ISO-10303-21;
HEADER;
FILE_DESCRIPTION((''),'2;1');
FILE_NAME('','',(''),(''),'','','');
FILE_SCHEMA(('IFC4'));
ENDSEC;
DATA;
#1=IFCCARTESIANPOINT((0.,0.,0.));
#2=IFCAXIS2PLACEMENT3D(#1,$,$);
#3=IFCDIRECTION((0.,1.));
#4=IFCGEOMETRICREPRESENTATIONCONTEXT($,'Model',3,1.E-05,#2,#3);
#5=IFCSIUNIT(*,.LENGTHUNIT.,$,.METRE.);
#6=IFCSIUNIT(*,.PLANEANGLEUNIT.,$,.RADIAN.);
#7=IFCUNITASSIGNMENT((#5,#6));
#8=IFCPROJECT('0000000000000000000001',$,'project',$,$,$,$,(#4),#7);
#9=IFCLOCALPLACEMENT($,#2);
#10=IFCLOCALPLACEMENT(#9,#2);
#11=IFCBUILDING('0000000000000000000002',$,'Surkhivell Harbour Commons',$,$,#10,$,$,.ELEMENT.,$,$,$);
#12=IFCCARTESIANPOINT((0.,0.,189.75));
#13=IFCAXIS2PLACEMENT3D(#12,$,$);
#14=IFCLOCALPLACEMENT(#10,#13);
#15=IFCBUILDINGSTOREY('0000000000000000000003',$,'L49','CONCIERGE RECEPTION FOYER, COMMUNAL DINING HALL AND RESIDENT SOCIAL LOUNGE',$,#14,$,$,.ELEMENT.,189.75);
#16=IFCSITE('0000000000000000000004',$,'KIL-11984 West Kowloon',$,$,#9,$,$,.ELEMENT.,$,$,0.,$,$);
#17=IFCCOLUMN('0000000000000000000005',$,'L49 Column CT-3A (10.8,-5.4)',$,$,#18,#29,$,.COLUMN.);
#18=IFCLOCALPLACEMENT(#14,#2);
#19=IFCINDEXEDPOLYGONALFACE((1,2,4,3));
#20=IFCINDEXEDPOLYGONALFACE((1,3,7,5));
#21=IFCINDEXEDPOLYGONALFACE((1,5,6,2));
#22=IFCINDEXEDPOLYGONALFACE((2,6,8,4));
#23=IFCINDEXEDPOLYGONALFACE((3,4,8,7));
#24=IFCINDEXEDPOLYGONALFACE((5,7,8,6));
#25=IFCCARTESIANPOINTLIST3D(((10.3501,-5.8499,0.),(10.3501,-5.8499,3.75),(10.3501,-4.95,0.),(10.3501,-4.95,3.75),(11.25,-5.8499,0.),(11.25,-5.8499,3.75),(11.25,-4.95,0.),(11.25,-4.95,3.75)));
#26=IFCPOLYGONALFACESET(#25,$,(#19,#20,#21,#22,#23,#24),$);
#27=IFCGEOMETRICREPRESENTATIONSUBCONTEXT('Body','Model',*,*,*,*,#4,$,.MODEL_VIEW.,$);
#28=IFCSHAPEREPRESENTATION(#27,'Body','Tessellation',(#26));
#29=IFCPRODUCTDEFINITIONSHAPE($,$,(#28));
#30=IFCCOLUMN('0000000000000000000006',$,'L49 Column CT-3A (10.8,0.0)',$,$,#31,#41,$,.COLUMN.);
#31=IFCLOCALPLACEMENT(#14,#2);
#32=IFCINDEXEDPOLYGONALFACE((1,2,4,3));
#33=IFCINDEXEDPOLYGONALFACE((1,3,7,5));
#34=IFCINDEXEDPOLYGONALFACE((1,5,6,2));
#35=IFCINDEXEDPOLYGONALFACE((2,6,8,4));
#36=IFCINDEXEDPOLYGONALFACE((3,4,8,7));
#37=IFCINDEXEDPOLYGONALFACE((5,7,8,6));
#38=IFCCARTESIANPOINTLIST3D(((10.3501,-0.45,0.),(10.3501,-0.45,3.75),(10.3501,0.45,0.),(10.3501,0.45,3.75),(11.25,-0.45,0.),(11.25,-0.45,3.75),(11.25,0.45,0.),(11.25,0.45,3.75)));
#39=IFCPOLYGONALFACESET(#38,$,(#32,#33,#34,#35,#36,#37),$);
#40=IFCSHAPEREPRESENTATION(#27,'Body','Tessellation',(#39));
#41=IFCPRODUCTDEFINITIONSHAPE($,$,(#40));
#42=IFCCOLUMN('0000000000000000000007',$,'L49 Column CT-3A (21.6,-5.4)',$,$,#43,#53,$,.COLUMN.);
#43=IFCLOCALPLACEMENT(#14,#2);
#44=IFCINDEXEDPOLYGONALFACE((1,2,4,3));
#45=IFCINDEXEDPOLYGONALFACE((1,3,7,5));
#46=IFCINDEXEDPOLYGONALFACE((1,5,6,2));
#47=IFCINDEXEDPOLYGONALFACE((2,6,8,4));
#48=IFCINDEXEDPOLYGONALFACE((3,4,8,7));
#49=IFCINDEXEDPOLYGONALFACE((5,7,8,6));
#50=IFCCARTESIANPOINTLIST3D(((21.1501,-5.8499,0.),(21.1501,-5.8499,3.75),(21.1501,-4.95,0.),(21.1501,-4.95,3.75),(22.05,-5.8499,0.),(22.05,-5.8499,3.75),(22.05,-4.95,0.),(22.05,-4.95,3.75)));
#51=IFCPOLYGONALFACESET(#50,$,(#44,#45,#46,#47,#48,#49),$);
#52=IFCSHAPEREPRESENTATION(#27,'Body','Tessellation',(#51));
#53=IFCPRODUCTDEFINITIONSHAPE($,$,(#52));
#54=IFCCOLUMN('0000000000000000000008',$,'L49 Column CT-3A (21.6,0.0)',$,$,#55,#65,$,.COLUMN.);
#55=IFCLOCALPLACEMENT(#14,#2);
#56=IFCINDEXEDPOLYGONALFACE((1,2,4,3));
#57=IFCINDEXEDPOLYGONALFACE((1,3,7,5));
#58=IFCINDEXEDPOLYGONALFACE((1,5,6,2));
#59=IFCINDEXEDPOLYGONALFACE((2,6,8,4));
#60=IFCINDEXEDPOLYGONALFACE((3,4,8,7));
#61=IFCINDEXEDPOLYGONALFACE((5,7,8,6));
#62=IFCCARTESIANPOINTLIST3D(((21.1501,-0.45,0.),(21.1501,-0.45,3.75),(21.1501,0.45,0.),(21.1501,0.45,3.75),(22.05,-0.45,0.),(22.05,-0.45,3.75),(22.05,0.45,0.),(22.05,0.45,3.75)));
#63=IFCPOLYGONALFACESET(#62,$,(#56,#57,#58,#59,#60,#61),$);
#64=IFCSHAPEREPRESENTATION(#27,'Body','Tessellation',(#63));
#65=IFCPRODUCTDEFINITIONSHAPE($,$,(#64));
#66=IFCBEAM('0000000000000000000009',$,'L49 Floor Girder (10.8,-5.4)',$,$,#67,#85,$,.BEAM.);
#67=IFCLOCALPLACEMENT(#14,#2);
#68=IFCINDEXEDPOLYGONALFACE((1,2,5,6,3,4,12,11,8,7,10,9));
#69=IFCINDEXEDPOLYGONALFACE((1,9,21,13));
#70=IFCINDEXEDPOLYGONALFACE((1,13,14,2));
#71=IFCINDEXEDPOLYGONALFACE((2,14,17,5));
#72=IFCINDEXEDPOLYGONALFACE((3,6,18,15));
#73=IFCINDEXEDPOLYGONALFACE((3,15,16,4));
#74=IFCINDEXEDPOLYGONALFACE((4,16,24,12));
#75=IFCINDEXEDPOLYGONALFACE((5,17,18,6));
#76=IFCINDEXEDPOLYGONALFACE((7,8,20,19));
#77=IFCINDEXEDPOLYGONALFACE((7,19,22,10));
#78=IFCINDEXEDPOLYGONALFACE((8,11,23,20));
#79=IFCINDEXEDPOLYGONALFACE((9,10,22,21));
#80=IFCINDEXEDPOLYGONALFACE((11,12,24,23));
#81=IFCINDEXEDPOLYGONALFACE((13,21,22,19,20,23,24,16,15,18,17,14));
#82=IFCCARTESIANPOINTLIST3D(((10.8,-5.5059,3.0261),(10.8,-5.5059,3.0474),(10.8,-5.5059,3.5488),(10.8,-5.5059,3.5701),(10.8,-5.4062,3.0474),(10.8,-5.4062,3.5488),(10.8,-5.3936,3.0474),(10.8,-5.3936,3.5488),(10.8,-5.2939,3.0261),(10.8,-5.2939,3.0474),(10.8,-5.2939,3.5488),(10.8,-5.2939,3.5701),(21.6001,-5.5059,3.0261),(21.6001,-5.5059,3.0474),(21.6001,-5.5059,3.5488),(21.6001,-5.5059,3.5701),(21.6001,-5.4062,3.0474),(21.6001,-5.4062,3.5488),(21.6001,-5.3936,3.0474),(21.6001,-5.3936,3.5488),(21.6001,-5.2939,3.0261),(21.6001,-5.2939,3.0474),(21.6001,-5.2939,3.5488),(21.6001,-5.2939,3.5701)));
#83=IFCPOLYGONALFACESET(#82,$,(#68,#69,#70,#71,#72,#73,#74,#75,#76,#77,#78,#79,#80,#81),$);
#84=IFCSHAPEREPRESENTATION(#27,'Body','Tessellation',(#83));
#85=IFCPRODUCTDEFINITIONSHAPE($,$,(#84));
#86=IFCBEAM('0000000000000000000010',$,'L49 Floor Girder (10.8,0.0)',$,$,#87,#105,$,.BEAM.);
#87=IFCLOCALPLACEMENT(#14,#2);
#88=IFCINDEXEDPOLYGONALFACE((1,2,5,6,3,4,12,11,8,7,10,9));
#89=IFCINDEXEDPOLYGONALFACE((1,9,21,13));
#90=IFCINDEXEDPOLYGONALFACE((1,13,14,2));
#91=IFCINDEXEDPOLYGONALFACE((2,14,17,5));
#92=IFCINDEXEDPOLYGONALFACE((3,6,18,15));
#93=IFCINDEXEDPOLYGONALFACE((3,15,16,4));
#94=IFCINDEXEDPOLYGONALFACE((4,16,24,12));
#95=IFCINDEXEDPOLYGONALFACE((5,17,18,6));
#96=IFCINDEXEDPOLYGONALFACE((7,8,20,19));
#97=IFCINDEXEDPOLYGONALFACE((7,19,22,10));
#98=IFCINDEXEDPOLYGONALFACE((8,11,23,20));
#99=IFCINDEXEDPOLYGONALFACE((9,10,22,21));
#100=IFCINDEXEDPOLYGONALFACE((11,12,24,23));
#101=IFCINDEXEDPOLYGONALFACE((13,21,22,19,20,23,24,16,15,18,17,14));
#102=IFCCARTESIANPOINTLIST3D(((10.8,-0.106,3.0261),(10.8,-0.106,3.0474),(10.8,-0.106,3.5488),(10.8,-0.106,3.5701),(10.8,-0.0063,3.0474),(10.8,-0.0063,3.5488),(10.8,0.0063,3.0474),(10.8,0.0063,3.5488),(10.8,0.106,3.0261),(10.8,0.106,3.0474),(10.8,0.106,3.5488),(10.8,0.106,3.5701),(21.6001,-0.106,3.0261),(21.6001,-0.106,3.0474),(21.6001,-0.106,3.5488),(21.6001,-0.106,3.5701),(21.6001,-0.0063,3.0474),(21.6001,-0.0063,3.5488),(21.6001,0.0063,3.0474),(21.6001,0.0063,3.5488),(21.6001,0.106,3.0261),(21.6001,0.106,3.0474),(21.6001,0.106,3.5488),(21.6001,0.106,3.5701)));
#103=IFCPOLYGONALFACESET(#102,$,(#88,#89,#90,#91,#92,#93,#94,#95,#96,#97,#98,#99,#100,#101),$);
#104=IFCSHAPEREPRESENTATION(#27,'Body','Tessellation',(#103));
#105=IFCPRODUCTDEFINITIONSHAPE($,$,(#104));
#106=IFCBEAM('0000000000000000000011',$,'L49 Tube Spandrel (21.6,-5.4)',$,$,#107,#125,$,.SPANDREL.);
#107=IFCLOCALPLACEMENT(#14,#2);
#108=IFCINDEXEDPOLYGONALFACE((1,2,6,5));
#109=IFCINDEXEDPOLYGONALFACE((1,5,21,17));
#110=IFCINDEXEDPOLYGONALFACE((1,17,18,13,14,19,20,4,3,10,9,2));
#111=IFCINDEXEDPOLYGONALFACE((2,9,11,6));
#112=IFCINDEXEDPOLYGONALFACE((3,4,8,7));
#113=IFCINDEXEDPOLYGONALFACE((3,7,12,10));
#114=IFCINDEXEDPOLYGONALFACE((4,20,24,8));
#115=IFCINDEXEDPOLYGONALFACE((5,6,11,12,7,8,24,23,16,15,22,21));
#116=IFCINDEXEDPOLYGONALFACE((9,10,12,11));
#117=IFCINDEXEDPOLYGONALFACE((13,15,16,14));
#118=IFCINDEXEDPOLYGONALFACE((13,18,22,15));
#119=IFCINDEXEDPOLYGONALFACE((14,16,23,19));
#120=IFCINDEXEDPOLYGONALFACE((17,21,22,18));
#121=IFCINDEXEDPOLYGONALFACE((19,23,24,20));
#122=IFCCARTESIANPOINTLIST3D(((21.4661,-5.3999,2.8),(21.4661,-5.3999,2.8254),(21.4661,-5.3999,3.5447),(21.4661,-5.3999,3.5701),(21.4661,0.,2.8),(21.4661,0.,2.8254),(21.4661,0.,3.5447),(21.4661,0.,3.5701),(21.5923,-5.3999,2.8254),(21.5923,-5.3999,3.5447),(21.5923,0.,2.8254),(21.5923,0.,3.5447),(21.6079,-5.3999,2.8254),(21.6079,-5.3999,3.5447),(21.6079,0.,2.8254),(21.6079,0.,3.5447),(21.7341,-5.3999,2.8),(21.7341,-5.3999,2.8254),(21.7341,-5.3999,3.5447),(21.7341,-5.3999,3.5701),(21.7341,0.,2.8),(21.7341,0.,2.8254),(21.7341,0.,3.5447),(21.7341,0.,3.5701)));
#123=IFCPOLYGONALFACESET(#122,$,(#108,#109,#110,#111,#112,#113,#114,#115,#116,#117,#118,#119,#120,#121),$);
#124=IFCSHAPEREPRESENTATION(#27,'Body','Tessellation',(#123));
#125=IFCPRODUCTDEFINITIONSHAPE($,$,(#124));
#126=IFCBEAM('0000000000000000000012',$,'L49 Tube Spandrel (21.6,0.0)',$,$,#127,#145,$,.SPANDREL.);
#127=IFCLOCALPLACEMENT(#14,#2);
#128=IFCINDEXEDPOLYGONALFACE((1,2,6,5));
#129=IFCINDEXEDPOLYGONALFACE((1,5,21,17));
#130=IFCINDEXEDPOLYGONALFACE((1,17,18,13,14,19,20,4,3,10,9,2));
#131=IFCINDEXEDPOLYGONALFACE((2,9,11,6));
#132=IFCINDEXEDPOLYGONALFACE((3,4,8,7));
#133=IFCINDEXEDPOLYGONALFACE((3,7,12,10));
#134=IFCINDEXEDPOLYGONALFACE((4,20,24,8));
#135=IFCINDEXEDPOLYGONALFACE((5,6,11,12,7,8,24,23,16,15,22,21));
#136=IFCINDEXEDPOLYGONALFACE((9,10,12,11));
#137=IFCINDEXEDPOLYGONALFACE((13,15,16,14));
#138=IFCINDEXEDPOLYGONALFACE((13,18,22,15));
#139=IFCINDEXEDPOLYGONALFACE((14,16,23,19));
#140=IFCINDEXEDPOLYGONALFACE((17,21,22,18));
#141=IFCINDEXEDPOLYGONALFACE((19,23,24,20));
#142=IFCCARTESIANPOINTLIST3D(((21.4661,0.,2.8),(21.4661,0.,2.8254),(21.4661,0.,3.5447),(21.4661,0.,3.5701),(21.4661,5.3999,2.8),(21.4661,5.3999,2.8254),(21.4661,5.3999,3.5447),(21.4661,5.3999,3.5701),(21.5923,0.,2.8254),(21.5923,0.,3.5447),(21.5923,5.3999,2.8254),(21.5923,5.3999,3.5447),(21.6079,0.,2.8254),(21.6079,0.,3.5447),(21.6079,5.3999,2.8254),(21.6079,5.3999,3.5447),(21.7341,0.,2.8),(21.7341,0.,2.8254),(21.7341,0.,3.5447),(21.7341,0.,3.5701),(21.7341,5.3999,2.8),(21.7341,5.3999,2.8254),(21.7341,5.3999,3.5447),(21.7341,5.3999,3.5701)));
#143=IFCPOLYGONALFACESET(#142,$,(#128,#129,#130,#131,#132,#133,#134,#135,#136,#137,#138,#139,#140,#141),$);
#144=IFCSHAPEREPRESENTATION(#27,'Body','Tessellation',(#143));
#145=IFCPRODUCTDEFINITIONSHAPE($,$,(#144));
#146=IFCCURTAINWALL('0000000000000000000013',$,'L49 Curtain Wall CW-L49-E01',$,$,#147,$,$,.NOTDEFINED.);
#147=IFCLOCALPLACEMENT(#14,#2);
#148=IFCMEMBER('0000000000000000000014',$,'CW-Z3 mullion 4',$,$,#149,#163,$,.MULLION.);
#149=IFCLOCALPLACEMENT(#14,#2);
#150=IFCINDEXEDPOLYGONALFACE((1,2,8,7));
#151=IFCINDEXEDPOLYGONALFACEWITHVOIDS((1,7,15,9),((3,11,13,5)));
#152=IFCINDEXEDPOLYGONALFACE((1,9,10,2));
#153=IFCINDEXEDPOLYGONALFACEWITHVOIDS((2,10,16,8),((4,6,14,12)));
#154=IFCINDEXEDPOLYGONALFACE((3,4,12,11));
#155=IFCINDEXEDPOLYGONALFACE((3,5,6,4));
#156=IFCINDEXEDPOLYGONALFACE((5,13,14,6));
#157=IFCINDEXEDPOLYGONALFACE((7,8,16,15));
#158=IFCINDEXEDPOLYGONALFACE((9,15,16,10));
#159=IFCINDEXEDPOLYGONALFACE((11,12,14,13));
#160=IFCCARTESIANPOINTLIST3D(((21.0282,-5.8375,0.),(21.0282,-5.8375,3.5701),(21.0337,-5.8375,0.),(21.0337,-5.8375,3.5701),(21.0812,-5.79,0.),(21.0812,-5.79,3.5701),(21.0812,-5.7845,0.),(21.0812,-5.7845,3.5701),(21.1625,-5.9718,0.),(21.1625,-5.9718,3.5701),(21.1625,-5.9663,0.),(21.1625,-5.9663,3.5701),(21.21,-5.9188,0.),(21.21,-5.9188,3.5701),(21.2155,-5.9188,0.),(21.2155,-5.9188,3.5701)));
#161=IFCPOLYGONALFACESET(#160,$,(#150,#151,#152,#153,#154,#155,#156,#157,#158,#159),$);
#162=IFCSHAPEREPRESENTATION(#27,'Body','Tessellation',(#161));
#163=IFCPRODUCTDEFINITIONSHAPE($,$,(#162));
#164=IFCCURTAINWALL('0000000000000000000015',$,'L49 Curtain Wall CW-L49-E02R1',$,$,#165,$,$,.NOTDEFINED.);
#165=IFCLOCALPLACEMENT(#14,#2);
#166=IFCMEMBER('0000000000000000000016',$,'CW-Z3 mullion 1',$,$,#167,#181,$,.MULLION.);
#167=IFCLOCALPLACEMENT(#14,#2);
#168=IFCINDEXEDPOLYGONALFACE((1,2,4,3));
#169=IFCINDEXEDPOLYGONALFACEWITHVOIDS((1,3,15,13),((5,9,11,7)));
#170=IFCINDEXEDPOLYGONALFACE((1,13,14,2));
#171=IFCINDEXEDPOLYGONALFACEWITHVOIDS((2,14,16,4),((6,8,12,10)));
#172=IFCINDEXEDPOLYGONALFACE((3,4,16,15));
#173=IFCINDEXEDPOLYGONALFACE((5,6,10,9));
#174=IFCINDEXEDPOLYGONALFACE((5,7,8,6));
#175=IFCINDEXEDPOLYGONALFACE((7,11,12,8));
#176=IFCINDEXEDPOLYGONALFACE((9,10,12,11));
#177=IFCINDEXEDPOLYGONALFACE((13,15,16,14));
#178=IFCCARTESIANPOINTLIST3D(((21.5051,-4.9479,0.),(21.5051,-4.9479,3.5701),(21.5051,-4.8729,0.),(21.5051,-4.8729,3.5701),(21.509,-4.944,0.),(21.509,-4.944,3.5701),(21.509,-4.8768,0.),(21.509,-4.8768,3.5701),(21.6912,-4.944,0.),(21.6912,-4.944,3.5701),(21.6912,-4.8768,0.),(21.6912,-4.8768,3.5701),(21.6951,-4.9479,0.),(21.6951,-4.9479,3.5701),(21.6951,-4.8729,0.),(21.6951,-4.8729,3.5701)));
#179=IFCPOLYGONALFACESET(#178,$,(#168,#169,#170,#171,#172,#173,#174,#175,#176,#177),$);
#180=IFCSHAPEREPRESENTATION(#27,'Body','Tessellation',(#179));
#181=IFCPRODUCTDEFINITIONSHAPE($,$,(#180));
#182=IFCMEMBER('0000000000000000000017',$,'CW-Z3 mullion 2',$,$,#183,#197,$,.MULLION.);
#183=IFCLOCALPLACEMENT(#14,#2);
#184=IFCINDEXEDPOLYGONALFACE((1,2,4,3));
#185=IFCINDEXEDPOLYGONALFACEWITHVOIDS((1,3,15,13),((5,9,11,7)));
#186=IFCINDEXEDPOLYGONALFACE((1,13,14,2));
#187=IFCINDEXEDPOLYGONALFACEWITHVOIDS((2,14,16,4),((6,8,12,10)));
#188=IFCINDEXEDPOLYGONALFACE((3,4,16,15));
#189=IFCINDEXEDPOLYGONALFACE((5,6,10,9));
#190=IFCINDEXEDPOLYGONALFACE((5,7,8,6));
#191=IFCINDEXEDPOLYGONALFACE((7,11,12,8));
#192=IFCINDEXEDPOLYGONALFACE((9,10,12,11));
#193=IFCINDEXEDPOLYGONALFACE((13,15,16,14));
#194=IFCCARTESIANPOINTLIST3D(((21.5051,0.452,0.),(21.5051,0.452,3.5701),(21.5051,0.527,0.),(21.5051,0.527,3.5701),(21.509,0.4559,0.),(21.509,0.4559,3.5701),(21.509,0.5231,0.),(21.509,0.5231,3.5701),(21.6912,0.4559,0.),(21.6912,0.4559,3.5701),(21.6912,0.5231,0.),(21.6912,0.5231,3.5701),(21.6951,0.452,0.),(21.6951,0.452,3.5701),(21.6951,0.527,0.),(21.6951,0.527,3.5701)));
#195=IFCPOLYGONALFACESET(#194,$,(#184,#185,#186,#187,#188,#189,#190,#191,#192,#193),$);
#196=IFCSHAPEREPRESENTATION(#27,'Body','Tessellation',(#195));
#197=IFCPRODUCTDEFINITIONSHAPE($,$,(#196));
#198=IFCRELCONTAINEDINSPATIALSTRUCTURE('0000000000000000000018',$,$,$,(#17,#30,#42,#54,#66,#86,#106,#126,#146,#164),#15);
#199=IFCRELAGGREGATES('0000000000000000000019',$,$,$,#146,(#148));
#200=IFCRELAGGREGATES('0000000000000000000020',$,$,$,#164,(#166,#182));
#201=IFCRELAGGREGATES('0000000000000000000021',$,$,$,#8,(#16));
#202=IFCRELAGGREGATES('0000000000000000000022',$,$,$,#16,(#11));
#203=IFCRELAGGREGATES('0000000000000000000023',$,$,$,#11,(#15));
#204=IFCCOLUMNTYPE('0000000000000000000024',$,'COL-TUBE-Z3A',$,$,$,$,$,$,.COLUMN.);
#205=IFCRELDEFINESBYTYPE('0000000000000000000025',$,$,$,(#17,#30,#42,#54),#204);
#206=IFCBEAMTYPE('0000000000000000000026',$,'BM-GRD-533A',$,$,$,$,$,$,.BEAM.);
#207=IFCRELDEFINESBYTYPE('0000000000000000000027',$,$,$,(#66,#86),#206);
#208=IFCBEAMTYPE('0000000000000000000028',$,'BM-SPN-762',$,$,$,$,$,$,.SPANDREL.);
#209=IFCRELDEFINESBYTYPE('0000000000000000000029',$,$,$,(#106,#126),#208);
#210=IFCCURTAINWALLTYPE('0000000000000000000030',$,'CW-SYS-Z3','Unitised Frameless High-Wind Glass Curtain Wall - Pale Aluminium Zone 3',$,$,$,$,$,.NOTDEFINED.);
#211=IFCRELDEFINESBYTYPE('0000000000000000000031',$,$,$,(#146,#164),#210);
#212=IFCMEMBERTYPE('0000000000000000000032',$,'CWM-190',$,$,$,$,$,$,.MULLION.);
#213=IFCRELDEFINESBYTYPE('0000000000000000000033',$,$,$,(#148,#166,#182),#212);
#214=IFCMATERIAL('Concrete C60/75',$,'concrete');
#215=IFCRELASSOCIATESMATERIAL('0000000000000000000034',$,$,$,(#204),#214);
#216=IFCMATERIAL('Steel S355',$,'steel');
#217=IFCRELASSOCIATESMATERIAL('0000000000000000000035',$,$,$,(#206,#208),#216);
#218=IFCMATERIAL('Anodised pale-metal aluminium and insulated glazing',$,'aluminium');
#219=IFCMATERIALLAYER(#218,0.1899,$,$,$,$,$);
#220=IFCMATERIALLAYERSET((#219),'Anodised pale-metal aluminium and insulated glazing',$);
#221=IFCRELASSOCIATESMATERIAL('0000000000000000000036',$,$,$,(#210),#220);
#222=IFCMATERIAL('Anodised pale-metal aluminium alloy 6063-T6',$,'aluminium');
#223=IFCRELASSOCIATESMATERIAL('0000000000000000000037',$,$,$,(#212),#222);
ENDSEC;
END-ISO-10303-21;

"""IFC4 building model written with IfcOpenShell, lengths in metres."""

from ifc_helpers import new_model, si_unit, direction, frame, origin, origin_2d, place, context, subcontext, project, spatial, rectangle, hollow_rectangle, i_section, extrude, material, layer, layer_set, material_profile, profile_set, type_object, element, aggregate, save


model = new_model("IFC4")

# Units and contexts
model_context = context("Model", 3, precision=1e-05, world=origin(), true_north=direction((0.0, 1.0)))
body_context = subcontext(model_context, "Body", "Model", "MODEL_VIEW")
ifc_project = project(units=[si_unit("LENGTHUNIT", "METRE"), si_unit("PLANEANGLEUNIT", "RADIAN")], contexts=[model_context])

# Site, building, storey
site_placement = place(None, origin())
site = spatial("IfcSite", under=ifc_project, at=site_placement, Name="KIL-11984 West Kowloon", CompositionType="ELEMENT", RefElevation=0.0)
building_placement = place(site_placement, origin())
building = spatial("IfcBuilding", under=site, at=building_placement, Name="Surkhivell Harbour Commons", CompositionType="ELEMENT")
storey_placement = place(building_placement, frame((0.0, 0.0, 189.75)))
storey = spatial("IfcBuildingStorey", under=building, at=storey_placement, Name="L49", Description="CONCIERGE RECEPTION FOYER, COMMUNAL DINING HALL AND RESIDENT SOCIAL LOUNGE", CompositionType="ELEMENT", Elevation=189.75)

# Columns
ifc_material_1 = material(Name="Concrete C60/75", Category="concrete")
ifc_material_profile_1 = material_profile(ifc_material_1, rectangle(XDim=0.8999, YDim=0.8999, at=origin_2d()), Name="RC-COL-900x900")
ifc_profile_set_1 = profile_set([ifc_material_profile_1], Name="Concrete C60/75")
column_type = type_object("IfcColumnType", Name="COL-TUBE-Z3A", PredefinedType="COLUMN", material=ifc_profile_set_1)
for number, where, z_axis, x_axis, name in (
    (1, (10.8, -5.3999, 0.0), (0.0, 0.0, 1.0), (1.0, 0.0, 0.0), "L49 Column CT-3A (10.8,-5.4)"),
    (2, (10.8, 0.0, 0.0), (0.0, 0.0, 1.0), (1.0, 0.0, 0.0), "L49 Column CT-3A (10.8,0.0)"),
    (3, (21.6001, -5.3999, 0.0), (0.0, 0.0, 1.0), (1.0, 0.0, 0.0), "L49 Column CT-3A (21.6,-5.4)"),
    (4, (21.6001, 0.0, 0.0), (0.0, 0.0, 1.0), (1.0, 0.0, 0.0), "L49 Column CT-3A (21.6,0.0)"),
):
    element("IfcColumn", number, at=place(storey_placement, frame(where, z_axis=z_axis, x_axis=x_axis)), inside=storey, type_object=column_type, Name=name, PredefinedType="COLUMN", context=body_context, shape_type="SweptSolid", body=[
        extrude(rectangle(XDim=0.8999, YDim=0.8999, at=origin_2d()), origin(), (0.0, 0.0, 1.0), 3.75),
    ])

# Beams
ifc_material_2 = material(Name="Steel S355", Category="steel")
ifc_material_profile_2 = material_profile(ifc_material_2, i_section(OverallWidth=0.2119, OverallDepth=0.5439, WebThickness=0.0127, FlangeThickness=0.0212, at=origin_2d()), Name="UB533x210x122")
ifc_profile_set_2 = profile_set([ifc_material_profile_2], Name="Steel S355")
beam_type_1 = type_object("IfcBeamType", Name="BM-GRD-533A", PredefinedType="BEAM", material=ifc_profile_set_2)
for number, where, z_axis, x_axis, name in (
    (5, (10.8, -5.3999, 3.2981), (1.0, 0.0, 0.0), (0.0, 1.0, 0.0), "L49 Floor Girder (10.8,-5.4)"),
    (6, (10.8, 0.0, 3.2981), (1.0, 0.0, 0.0), (0.0, 1.0, 0.0), "L49 Floor Girder (10.8,0.0)"),
):
    element("IfcBeam", number, at=place(storey_placement, frame(where, z_axis=z_axis, x_axis=x_axis)), inside=storey, type_object=beam_type_1, Name=name, PredefinedType="BEAM", context=body_context, shape_type="SweptSolid", body=[
        extrude(i_section(OverallWidth=0.2119, OverallDepth=0.5439, WebThickness=0.0127, FlangeThickness=0.0212, at=origin_2d()), origin(), (0.0, 0.0, 1.0), 10.8),
    ])
ifc_material_profile_3 = material_profile(ifc_material_2, i_section(OverallWidth=0.2681, OverallDepth=0.77, WebThickness=0.0156, FlangeThickness=0.0254, at=origin_2d()), Name="UB762x267x197")
ifc_profile_set_3 = profile_set([ifc_material_profile_3], Name="Steel S355")
beam_type_2 = type_object("IfcBeamType", Name="BM-SPN-762", PredefinedType="SPANDREL", material=ifc_profile_set_3)
for number, where, z_axis, x_axis, name in (
    (7, (21.6001, -5.3999, 3.1851), (0.0, 1.0, 0.0), (-1.0, 0.0, 0.0), "L49 Tube Spandrel (21.6,-5.4)"),
    (8, (21.6001, 0.0, 3.1851), (0.0, 1.0, 0.0), (-1.0, 0.0, 0.0), "L49 Tube Spandrel (21.6,0.0)"),
):
    element("IfcBeam", number, at=place(storey_placement, frame(where, z_axis=z_axis, x_axis=x_axis)), inside=storey, type_object=beam_type_2, Name=name, PredefinedType="SPANDREL", context=body_context, shape_type="SweptSolid", body=[
        extrude(i_section(OverallWidth=0.2681, OverallDepth=0.77, WebThickness=0.0156, FlangeThickness=0.0254, at=origin_2d()), origin(), (0.0, 0.0, 1.0), 5.3999),
    ])

# Curtain wall, member
ifc_material_3 = material(Name="Anodised pale-metal aluminium and insulated glazing", Category="aluminium")
ifc_layer_1 = layer(ifc_material_3, 0.1899)
ifc_layer_set_1 = layer_set([ifc_layer_1], Name="Anodised pale-metal aluminium and insulated glazing")
curtain_wall_type = type_object("IfcCurtainWallType", Name="CW-SYS-Z3", Description="Unitised Frameless High-Wind Glass Curtain Wall - Pale Aluminium Zone 3", PredefinedType="NOTDEFINED", material=ifc_layer_set_1)
curtain_wall_1_placement = place(storey_placement, origin())
curtain_wall_1 = element("IfcCurtainWall", 9, at=curtain_wall_1_placement, inside=storey, type_object=curtain_wall_type, Name="L49 Curtain Wall CW-L49-E01", PredefinedType="NOTDEFINED")
ifc_material_4 = material(Name="Anodised pale-metal aluminium alloy 6063-T6", Category="aluminium")
ifc_material_profile_4 = material_profile(ifc_material_4, hollow_rectangle(XDim=0.075, YDim=0.1899, WallThickness=0.0039, at=origin_2d()), Name="ALU-MULL-75x190")
ifc_profile_set_4 = profile_set([ifc_material_profile_4], Name="Anodised pale-metal aluminium alloy 6063-T6")
member_type_1 = type_object("IfcMemberType", Name="CWM-190", PredefinedType="MULLION", material=ifc_profile_set_4)
member_1_placement = place(storey_placement, frame((21.1218, -5.8782, 0.0), z_axis=(0.0, 0.0, 1.0), x_axis=(0.707107, 0.707107, 0.0)))
member_1 = element("IfcMember", 10, at=member_1_placement, type_object=member_type_1, Name="CW-Z3 mullion 4", PredefinedType="MULLION", context=body_context, shape_type="SweptSolid", body=[
    extrude(hollow_rectangle(XDim=0.075, YDim=0.1899, WallThickness=0.0039, at=origin_2d()), origin(), (0.0, 0.0, 1.0), 3.5701),
])
aggregate(curtain_wall_1, [member_1])

# Curtain wall, members
curtain_wall_2_placement = place(storey_placement, origin())
curtain_wall_2 = element("IfcCurtainWall", 11, at=curtain_wall_2_placement, inside=storey, type_object=curtain_wall_type, Name="L49 Curtain Wall CW-L49-E02R1", PredefinedType="NOTDEFINED")
member_2_placement = place(storey_placement, frame((21.6001, -4.9104, 0.0), z_axis=(0.0, 0.0, 1.0), x_axis=(0.0, 1.0, 0.0)))
member_2 = element("IfcMember", 12, at=member_2_placement, type_object=member_type_1, Name="CW-Z3 mullion 1", PredefinedType="MULLION", context=body_context, shape_type="SweptSolid", body=[
    extrude(hollow_rectangle(XDim=0.075, YDim=0.1899, WallThickness=0.0039, at=origin_2d()), origin(), (0.0, 0.0, 1.0), 3.5701),
])
member_3_placement = place(storey_placement, frame((21.6001, 0.4895, 0.0), z_axis=(0.0, 0.0, 1.0), x_axis=(0.0, 1.0, 0.0)))
member_3 = element("IfcMember", 13, at=member_3_placement, type_object=member_type_1, Name="CW-Z3 mullion 2", PredefinedType="MULLION", context=body_context, shape_type="SweptSolid", body=[
    extrude(hollow_rectangle(XDim=0.075, YDim=0.1899, WallThickness=0.0039, at=origin_2d()), origin(), (0.0, 0.0, 1.0), 3.5701),
])
aggregate(curtain_wall_2, [member_2, member_3])

save(model, "model.ifc")
